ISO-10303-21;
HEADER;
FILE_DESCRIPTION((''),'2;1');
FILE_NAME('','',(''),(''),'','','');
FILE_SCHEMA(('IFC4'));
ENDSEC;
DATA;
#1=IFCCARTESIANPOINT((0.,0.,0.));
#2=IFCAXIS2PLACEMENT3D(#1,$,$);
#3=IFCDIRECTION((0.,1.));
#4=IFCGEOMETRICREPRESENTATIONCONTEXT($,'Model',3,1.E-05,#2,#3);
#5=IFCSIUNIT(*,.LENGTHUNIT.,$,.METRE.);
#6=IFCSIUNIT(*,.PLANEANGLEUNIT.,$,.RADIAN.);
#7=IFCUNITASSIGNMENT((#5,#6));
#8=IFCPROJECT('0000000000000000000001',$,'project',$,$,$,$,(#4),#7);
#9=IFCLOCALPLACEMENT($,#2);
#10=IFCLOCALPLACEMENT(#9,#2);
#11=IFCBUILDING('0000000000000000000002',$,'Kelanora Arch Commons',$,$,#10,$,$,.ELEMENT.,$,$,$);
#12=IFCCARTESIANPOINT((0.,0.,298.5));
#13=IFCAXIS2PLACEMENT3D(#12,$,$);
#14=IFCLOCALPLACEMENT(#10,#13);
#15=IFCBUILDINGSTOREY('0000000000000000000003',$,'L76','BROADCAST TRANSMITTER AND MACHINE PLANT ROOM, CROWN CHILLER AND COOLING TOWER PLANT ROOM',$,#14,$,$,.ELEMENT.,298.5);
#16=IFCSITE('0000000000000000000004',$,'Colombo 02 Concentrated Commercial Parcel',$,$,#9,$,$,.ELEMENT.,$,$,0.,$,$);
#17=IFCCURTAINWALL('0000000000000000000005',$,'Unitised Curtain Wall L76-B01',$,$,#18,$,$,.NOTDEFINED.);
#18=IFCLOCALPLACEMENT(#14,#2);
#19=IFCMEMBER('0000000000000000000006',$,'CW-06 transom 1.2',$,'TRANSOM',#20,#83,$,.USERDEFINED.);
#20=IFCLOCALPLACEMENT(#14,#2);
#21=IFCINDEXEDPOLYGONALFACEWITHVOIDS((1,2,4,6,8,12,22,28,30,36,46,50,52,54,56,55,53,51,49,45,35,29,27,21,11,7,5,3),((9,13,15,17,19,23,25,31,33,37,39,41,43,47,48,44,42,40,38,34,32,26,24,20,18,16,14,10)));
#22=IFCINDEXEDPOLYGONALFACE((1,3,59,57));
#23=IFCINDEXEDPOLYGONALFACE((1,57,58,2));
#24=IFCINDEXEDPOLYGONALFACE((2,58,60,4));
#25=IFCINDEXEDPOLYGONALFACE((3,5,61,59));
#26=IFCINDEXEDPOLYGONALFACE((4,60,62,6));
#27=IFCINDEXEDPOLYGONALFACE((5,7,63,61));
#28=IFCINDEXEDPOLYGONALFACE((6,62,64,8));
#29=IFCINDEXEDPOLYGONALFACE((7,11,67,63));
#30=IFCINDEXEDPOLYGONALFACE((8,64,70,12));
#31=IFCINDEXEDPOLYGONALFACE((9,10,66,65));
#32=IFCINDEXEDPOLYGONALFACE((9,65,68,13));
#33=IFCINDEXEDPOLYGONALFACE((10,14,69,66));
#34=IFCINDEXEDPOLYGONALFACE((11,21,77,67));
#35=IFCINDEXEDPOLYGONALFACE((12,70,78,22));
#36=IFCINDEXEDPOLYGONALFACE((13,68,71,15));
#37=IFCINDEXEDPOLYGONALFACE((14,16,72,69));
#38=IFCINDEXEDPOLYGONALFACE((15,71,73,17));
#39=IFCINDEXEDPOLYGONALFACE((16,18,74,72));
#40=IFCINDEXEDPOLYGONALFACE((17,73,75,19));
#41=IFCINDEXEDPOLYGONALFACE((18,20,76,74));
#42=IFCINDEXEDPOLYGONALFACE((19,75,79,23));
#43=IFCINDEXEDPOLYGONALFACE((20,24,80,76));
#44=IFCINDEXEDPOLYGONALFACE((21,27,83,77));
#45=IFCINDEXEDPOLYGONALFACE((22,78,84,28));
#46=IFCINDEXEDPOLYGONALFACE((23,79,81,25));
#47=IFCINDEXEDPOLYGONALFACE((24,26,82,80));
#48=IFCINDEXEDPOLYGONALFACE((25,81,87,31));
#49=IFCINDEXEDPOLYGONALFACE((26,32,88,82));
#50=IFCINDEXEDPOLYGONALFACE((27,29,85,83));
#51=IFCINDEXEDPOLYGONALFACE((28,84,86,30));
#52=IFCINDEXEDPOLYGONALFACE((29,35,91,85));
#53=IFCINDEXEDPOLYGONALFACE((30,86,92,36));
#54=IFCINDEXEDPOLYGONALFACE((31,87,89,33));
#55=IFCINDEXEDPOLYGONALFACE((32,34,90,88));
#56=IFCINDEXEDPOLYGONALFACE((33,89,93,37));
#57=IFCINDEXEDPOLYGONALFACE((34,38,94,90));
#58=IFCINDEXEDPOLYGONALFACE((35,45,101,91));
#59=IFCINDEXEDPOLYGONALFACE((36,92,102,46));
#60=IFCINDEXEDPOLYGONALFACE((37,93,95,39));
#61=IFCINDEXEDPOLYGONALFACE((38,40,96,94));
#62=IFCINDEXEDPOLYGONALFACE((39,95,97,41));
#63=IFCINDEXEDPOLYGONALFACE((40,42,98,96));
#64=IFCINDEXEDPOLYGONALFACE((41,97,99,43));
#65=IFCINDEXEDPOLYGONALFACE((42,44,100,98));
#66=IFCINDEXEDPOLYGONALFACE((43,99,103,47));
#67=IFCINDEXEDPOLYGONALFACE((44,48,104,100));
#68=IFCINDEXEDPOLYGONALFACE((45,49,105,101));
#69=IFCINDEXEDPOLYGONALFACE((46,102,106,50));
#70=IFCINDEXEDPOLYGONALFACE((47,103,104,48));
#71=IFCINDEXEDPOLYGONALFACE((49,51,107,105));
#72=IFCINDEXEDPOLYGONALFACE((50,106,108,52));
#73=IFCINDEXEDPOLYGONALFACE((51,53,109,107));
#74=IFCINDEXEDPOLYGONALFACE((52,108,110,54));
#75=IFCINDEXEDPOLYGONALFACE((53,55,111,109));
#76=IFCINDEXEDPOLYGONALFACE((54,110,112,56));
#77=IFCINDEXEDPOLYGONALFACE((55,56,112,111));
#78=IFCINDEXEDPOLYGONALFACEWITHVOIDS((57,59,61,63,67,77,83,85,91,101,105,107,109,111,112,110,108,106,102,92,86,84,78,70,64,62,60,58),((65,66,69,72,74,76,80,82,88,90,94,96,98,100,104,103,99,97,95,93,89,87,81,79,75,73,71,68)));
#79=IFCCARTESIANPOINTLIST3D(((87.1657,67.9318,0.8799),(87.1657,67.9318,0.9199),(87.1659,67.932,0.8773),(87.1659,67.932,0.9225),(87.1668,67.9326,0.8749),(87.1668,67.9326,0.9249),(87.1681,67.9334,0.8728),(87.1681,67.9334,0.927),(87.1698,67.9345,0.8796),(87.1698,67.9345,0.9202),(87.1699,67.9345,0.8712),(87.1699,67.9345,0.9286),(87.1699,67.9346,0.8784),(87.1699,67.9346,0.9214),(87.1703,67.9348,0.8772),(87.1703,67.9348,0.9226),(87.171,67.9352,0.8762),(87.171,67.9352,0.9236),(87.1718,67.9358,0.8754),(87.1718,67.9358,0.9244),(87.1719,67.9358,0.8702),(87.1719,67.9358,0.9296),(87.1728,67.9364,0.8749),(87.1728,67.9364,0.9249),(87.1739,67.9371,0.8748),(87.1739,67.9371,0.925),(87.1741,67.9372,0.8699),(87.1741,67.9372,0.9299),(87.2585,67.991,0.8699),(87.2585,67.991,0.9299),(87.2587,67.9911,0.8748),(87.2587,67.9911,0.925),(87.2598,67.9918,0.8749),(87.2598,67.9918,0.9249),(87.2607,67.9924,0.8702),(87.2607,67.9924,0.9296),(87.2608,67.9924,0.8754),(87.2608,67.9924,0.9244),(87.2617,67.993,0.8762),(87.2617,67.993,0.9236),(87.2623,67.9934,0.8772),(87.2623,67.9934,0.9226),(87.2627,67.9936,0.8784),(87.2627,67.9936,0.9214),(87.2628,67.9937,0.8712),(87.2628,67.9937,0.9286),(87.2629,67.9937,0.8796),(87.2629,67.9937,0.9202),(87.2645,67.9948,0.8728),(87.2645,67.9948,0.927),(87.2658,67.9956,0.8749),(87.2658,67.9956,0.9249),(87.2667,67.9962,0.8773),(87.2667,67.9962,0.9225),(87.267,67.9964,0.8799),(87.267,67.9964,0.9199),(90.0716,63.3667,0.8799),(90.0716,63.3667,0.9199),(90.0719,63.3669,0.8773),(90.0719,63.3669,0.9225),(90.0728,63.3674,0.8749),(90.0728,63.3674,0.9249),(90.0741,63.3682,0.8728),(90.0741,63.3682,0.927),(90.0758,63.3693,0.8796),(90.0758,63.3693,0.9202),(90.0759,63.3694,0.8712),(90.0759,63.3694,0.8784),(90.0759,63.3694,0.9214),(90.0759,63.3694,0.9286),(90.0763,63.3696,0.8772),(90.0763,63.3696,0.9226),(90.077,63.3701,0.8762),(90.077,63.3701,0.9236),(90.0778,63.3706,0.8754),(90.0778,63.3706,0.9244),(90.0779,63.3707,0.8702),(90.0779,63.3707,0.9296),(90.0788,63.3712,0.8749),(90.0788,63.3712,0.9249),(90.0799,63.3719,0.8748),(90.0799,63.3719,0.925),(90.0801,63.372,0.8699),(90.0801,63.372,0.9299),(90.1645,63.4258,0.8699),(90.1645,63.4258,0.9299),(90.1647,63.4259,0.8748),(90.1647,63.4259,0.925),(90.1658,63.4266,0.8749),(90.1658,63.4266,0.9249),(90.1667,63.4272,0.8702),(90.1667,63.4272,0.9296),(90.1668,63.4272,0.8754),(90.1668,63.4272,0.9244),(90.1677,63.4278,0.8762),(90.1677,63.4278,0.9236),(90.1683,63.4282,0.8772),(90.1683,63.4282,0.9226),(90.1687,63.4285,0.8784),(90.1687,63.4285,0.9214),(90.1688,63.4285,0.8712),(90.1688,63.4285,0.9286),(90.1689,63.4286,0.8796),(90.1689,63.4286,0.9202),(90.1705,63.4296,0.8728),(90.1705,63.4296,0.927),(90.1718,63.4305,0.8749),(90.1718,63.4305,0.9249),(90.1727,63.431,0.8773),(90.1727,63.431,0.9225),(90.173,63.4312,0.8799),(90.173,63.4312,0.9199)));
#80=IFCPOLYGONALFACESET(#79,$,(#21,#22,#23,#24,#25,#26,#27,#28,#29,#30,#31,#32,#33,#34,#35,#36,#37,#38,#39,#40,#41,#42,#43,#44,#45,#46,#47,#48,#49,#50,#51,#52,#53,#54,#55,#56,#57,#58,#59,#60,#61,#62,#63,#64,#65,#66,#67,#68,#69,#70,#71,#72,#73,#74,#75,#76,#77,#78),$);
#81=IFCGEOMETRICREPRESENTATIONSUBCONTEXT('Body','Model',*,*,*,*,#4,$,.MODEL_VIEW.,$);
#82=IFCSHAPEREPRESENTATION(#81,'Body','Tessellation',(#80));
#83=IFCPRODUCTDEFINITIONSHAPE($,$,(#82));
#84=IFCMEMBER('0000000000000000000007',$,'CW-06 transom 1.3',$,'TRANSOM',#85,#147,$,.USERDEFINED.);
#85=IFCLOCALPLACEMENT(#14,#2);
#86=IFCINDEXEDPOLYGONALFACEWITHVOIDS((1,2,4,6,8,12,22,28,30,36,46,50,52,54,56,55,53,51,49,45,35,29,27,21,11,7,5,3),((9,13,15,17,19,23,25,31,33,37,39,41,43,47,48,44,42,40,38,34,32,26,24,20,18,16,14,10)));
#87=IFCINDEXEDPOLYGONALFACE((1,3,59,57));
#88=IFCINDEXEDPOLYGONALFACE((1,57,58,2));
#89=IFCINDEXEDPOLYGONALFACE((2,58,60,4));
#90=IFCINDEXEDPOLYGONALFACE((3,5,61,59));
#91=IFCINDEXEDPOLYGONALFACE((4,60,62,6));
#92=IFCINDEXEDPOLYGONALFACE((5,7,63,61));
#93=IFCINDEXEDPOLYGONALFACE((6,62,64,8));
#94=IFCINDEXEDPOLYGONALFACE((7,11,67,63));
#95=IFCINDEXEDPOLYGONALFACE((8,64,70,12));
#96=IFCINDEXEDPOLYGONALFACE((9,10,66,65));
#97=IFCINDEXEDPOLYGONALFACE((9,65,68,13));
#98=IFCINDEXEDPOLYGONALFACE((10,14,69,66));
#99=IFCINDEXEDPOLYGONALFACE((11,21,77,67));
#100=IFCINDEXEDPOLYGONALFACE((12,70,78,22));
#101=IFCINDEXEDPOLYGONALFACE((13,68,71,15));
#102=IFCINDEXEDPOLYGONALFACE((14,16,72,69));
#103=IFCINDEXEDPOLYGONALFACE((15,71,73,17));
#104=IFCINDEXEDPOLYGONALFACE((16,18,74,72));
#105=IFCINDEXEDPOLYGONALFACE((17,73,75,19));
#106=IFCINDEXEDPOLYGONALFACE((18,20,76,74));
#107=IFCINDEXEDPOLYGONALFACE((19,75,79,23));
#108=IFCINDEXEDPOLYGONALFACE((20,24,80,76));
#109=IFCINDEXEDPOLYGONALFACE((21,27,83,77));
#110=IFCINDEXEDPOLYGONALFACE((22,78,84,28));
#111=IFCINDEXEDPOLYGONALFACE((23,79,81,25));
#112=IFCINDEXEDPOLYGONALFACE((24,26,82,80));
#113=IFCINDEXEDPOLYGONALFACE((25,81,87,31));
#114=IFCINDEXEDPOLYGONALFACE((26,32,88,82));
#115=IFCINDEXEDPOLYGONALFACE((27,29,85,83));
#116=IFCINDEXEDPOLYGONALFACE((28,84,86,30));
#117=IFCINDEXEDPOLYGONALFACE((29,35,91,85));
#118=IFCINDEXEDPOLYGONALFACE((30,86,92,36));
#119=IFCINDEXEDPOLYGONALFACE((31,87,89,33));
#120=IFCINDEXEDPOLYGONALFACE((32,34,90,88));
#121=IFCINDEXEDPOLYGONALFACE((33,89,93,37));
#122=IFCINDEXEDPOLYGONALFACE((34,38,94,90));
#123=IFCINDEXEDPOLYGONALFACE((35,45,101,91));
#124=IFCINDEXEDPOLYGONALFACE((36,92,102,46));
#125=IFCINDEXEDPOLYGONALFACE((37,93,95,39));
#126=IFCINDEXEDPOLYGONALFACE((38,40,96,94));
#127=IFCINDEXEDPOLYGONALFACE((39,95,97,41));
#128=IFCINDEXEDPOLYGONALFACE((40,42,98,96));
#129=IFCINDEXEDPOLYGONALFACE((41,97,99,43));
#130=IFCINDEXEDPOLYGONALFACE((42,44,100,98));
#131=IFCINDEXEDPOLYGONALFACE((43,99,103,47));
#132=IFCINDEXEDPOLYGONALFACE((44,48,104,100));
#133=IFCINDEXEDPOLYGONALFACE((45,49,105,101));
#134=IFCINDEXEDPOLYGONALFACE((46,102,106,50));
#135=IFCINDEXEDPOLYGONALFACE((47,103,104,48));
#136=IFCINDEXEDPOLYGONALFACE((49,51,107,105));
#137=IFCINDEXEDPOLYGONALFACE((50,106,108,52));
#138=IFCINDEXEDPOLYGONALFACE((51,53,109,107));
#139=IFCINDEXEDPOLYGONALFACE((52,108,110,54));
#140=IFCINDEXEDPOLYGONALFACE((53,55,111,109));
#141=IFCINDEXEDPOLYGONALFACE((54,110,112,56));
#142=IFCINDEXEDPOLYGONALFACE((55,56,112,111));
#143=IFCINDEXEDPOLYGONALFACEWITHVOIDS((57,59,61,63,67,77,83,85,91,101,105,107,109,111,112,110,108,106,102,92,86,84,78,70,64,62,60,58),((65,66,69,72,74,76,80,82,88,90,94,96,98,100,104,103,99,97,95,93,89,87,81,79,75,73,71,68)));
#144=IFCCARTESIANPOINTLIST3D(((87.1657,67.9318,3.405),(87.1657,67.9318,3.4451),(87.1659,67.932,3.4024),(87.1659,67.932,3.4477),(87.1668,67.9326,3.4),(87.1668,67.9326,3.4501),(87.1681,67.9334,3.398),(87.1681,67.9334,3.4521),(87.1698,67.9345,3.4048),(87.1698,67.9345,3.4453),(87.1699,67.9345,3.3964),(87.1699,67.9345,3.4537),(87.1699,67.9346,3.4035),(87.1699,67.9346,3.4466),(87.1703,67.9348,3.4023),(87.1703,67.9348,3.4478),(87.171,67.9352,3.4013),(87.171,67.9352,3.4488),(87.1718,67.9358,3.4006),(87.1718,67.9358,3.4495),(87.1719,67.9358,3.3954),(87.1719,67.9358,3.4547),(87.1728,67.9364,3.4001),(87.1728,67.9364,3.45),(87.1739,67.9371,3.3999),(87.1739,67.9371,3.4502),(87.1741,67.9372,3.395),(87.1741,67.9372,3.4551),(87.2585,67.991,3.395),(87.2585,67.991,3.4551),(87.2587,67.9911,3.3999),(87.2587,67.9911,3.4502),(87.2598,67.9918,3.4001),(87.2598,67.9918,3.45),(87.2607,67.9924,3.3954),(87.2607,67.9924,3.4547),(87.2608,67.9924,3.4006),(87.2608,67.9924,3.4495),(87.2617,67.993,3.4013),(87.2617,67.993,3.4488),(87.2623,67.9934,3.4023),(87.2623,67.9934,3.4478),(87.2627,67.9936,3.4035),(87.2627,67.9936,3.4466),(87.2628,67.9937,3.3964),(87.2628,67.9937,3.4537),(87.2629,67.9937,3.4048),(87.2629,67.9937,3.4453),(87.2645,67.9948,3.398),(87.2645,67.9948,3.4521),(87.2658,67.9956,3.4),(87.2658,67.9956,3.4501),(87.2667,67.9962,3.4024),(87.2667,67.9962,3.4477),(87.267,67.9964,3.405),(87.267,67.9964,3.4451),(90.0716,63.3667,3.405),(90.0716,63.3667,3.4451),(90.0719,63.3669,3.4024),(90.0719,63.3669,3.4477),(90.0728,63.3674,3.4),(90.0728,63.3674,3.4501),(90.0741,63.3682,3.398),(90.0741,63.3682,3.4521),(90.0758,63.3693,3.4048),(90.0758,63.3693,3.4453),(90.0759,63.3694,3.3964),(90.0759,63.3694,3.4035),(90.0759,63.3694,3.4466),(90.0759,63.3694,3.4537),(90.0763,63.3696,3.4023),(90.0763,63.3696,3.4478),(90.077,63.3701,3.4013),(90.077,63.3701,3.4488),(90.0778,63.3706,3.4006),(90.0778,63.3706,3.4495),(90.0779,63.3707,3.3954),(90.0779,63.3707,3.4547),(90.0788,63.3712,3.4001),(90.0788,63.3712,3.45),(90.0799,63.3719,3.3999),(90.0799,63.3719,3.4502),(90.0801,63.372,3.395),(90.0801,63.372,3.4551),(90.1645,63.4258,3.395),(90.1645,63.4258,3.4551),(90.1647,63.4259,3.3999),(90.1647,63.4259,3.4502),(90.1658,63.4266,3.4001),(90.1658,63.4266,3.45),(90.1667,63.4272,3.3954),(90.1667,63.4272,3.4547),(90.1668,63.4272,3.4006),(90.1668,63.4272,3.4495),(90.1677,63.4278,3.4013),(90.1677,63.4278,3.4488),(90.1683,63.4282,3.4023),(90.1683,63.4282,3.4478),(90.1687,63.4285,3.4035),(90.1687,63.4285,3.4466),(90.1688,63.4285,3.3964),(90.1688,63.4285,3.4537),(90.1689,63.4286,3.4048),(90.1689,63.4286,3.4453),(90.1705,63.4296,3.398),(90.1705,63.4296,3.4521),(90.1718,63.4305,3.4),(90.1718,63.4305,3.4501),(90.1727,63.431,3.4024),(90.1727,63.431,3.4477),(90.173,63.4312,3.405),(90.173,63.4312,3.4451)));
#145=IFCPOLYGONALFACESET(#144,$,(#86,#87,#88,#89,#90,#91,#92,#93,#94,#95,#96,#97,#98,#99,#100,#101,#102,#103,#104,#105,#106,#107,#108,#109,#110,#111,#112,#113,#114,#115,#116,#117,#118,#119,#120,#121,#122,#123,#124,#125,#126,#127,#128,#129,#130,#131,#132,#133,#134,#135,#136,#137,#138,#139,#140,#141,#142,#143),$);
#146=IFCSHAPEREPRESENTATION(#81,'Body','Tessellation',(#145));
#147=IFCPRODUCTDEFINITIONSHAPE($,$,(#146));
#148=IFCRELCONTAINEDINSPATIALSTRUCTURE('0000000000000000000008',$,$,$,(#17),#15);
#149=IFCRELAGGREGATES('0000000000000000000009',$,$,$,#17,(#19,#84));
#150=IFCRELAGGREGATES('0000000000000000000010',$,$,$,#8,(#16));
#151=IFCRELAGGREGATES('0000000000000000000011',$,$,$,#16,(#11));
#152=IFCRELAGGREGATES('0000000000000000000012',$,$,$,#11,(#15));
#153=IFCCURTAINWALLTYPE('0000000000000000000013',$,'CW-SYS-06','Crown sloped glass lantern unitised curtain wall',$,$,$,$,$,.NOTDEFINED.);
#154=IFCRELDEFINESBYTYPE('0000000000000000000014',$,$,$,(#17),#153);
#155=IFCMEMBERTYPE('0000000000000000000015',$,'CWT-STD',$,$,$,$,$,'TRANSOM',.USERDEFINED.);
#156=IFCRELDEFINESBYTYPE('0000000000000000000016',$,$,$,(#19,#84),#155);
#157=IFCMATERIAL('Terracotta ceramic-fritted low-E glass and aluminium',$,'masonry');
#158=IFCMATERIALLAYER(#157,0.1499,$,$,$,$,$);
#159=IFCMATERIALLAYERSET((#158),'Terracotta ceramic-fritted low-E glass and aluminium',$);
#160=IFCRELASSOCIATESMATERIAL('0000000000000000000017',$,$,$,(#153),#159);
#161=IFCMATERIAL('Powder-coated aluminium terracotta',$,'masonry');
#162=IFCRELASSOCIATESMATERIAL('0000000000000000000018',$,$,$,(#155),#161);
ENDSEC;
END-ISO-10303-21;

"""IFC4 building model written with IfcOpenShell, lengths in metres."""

from ifc_helpers import new_model, si_unit, direction, frame, origin, origin_2d, place, context, subcontext, project, spatial, hollow_rectangle, extrude, material, layer, layer_set, material_profile, profile_set, type_object, element, aggregate, save


model = new_model("IFC4")

# Units and contexts
model_context = context("Model", 3, precision=1e-05, world=origin(), true_north=direction((0.0, 1.0)))
body_context = subcontext(model_context, "Body", "Model", "MODEL_VIEW")
ifc_project = project(units=[si_unit("LENGTHUNIT", "METRE"), si_unit("PLANEANGLEUNIT", "RADIAN")], contexts=[model_context])

# Site, building, storey
site_placement = place(None, origin())
site = spatial("IfcSite", under=ifc_project, at=site_placement, Name="Colombo 02 Concentrated Commercial Parcel", CompositionType="ELEMENT", RefElevation=0.0)
building_placement = place(site_placement, origin())
building = spatial("IfcBuilding", under=site, at=building_placement, Name="Kelanora Arch Commons", CompositionType="ELEMENT")
storey_placement = place(building_placement, frame((0.0, 0.0, 298.5)))
storey = spatial("IfcBuildingStorey", under=building, at=storey_placement, Name="L76", Description="BROADCAST TRANSMITTER AND MACHINE PLANT ROOM, CROWN CHILLER AND COOLING TOWER PLANT ROOM", CompositionType="ELEMENT", Elevation=298.5)

# Curtain wall
ifc_material_1 = material(Name="Terracotta ceramic-fritted low-E glass and aluminium", Category="masonry")
ifc_layer_1 = layer(ifc_material_1, 0.1499)
ifc_layer_set_1 = layer_set([ifc_layer_1], Name="Terracotta ceramic-fritted low-E glass and aluminium")
curtain_wall_type = type_object("IfcCurtainWallType", Name="CW-SYS-06", Description="Crown sloped glass lantern unitised curtain wall", PredefinedType="NOTDEFINED", material=ifc_layer_set_1)
curtain_wall_1_placement = place(storey_placement, origin())
curtain_wall_1 = element("IfcCurtainWall", 1, at=curtain_wall_1_placement, inside=storey, type_object=curtain_wall_type, Name="Unitised Curtain Wall L76-B01", PredefinedType="NOTDEFINED")
ifc_material_2 = material(Name="Powder-coated aluminium terracotta", Category="masonry")

# Members
ifc_material_profile_1 = material_profile(ifc_material_2, hollow_rectangle(XDim=0.1201, YDim=0.0601, WallThickness=0.0049, InnerFilletRadius=0.0049, OuterFilletRadius=0.01, at=origin_2d()), Name="CWT120x60")
ifc_profile_set_1 = profile_set([ifc_material_profile_1], Name="Powder-coated aluminium terracotta")
member_type_1 = type_object("IfcMemberType", Name="CWT-STD", ElementType="TRANSOM", PredefinedType="USERDEFINED", material=ifc_profile_set_1)
member_1_placement = place(storey_placement, frame((90.1223, 63.3989, 0.8999), z_axis=(-0.536992, 0.843587, 0.0), x_axis=(-0.843587, -0.536992, 0.0)))
member_1 = element("IfcMember", 2, at=member_1_placement, type_object=member_type_1, Name="CW-06 transom 1.2", ObjectType="TRANSOM", PredefinedType="USERDEFINED", context=body_context, shape_type="SweptSolid", body=[
    extrude(hollow_rectangle(XDim=0.1201, YDim=0.0601, WallThickness=0.0049, InnerFilletRadius=0.0049, OuterFilletRadius=0.01, at=origin_2d()), origin(), (0.0, 0.0, 1.0), 5.4116),
])
member_2_placement = place(storey_placement, frame((90.1223, 63.3989, 3.425), z_axis=(-0.536992, 0.843587, 0.0), x_axis=(-0.843587, -0.536992, 0.0)))
member_2 = element("IfcMember", 3, at=member_2_placement, type_object=member_type_1, Name="CW-06 transom 1.3", ObjectType="TRANSOM", PredefinedType="USERDEFINED", context=body_context, shape_type="SweptSolid", body=[
    extrude(hollow_rectangle(XDim=0.1201, YDim=0.0601, WallThickness=0.0049, InnerFilletRadius=0.0049, OuterFilletRadius=0.01, at=origin_2d()), origin(), (0.0, 0.0, 1.0), 5.4116),
])

aggregate(curtain_wall_1, [member_1, member_2])

save(model, "model.ifc")
